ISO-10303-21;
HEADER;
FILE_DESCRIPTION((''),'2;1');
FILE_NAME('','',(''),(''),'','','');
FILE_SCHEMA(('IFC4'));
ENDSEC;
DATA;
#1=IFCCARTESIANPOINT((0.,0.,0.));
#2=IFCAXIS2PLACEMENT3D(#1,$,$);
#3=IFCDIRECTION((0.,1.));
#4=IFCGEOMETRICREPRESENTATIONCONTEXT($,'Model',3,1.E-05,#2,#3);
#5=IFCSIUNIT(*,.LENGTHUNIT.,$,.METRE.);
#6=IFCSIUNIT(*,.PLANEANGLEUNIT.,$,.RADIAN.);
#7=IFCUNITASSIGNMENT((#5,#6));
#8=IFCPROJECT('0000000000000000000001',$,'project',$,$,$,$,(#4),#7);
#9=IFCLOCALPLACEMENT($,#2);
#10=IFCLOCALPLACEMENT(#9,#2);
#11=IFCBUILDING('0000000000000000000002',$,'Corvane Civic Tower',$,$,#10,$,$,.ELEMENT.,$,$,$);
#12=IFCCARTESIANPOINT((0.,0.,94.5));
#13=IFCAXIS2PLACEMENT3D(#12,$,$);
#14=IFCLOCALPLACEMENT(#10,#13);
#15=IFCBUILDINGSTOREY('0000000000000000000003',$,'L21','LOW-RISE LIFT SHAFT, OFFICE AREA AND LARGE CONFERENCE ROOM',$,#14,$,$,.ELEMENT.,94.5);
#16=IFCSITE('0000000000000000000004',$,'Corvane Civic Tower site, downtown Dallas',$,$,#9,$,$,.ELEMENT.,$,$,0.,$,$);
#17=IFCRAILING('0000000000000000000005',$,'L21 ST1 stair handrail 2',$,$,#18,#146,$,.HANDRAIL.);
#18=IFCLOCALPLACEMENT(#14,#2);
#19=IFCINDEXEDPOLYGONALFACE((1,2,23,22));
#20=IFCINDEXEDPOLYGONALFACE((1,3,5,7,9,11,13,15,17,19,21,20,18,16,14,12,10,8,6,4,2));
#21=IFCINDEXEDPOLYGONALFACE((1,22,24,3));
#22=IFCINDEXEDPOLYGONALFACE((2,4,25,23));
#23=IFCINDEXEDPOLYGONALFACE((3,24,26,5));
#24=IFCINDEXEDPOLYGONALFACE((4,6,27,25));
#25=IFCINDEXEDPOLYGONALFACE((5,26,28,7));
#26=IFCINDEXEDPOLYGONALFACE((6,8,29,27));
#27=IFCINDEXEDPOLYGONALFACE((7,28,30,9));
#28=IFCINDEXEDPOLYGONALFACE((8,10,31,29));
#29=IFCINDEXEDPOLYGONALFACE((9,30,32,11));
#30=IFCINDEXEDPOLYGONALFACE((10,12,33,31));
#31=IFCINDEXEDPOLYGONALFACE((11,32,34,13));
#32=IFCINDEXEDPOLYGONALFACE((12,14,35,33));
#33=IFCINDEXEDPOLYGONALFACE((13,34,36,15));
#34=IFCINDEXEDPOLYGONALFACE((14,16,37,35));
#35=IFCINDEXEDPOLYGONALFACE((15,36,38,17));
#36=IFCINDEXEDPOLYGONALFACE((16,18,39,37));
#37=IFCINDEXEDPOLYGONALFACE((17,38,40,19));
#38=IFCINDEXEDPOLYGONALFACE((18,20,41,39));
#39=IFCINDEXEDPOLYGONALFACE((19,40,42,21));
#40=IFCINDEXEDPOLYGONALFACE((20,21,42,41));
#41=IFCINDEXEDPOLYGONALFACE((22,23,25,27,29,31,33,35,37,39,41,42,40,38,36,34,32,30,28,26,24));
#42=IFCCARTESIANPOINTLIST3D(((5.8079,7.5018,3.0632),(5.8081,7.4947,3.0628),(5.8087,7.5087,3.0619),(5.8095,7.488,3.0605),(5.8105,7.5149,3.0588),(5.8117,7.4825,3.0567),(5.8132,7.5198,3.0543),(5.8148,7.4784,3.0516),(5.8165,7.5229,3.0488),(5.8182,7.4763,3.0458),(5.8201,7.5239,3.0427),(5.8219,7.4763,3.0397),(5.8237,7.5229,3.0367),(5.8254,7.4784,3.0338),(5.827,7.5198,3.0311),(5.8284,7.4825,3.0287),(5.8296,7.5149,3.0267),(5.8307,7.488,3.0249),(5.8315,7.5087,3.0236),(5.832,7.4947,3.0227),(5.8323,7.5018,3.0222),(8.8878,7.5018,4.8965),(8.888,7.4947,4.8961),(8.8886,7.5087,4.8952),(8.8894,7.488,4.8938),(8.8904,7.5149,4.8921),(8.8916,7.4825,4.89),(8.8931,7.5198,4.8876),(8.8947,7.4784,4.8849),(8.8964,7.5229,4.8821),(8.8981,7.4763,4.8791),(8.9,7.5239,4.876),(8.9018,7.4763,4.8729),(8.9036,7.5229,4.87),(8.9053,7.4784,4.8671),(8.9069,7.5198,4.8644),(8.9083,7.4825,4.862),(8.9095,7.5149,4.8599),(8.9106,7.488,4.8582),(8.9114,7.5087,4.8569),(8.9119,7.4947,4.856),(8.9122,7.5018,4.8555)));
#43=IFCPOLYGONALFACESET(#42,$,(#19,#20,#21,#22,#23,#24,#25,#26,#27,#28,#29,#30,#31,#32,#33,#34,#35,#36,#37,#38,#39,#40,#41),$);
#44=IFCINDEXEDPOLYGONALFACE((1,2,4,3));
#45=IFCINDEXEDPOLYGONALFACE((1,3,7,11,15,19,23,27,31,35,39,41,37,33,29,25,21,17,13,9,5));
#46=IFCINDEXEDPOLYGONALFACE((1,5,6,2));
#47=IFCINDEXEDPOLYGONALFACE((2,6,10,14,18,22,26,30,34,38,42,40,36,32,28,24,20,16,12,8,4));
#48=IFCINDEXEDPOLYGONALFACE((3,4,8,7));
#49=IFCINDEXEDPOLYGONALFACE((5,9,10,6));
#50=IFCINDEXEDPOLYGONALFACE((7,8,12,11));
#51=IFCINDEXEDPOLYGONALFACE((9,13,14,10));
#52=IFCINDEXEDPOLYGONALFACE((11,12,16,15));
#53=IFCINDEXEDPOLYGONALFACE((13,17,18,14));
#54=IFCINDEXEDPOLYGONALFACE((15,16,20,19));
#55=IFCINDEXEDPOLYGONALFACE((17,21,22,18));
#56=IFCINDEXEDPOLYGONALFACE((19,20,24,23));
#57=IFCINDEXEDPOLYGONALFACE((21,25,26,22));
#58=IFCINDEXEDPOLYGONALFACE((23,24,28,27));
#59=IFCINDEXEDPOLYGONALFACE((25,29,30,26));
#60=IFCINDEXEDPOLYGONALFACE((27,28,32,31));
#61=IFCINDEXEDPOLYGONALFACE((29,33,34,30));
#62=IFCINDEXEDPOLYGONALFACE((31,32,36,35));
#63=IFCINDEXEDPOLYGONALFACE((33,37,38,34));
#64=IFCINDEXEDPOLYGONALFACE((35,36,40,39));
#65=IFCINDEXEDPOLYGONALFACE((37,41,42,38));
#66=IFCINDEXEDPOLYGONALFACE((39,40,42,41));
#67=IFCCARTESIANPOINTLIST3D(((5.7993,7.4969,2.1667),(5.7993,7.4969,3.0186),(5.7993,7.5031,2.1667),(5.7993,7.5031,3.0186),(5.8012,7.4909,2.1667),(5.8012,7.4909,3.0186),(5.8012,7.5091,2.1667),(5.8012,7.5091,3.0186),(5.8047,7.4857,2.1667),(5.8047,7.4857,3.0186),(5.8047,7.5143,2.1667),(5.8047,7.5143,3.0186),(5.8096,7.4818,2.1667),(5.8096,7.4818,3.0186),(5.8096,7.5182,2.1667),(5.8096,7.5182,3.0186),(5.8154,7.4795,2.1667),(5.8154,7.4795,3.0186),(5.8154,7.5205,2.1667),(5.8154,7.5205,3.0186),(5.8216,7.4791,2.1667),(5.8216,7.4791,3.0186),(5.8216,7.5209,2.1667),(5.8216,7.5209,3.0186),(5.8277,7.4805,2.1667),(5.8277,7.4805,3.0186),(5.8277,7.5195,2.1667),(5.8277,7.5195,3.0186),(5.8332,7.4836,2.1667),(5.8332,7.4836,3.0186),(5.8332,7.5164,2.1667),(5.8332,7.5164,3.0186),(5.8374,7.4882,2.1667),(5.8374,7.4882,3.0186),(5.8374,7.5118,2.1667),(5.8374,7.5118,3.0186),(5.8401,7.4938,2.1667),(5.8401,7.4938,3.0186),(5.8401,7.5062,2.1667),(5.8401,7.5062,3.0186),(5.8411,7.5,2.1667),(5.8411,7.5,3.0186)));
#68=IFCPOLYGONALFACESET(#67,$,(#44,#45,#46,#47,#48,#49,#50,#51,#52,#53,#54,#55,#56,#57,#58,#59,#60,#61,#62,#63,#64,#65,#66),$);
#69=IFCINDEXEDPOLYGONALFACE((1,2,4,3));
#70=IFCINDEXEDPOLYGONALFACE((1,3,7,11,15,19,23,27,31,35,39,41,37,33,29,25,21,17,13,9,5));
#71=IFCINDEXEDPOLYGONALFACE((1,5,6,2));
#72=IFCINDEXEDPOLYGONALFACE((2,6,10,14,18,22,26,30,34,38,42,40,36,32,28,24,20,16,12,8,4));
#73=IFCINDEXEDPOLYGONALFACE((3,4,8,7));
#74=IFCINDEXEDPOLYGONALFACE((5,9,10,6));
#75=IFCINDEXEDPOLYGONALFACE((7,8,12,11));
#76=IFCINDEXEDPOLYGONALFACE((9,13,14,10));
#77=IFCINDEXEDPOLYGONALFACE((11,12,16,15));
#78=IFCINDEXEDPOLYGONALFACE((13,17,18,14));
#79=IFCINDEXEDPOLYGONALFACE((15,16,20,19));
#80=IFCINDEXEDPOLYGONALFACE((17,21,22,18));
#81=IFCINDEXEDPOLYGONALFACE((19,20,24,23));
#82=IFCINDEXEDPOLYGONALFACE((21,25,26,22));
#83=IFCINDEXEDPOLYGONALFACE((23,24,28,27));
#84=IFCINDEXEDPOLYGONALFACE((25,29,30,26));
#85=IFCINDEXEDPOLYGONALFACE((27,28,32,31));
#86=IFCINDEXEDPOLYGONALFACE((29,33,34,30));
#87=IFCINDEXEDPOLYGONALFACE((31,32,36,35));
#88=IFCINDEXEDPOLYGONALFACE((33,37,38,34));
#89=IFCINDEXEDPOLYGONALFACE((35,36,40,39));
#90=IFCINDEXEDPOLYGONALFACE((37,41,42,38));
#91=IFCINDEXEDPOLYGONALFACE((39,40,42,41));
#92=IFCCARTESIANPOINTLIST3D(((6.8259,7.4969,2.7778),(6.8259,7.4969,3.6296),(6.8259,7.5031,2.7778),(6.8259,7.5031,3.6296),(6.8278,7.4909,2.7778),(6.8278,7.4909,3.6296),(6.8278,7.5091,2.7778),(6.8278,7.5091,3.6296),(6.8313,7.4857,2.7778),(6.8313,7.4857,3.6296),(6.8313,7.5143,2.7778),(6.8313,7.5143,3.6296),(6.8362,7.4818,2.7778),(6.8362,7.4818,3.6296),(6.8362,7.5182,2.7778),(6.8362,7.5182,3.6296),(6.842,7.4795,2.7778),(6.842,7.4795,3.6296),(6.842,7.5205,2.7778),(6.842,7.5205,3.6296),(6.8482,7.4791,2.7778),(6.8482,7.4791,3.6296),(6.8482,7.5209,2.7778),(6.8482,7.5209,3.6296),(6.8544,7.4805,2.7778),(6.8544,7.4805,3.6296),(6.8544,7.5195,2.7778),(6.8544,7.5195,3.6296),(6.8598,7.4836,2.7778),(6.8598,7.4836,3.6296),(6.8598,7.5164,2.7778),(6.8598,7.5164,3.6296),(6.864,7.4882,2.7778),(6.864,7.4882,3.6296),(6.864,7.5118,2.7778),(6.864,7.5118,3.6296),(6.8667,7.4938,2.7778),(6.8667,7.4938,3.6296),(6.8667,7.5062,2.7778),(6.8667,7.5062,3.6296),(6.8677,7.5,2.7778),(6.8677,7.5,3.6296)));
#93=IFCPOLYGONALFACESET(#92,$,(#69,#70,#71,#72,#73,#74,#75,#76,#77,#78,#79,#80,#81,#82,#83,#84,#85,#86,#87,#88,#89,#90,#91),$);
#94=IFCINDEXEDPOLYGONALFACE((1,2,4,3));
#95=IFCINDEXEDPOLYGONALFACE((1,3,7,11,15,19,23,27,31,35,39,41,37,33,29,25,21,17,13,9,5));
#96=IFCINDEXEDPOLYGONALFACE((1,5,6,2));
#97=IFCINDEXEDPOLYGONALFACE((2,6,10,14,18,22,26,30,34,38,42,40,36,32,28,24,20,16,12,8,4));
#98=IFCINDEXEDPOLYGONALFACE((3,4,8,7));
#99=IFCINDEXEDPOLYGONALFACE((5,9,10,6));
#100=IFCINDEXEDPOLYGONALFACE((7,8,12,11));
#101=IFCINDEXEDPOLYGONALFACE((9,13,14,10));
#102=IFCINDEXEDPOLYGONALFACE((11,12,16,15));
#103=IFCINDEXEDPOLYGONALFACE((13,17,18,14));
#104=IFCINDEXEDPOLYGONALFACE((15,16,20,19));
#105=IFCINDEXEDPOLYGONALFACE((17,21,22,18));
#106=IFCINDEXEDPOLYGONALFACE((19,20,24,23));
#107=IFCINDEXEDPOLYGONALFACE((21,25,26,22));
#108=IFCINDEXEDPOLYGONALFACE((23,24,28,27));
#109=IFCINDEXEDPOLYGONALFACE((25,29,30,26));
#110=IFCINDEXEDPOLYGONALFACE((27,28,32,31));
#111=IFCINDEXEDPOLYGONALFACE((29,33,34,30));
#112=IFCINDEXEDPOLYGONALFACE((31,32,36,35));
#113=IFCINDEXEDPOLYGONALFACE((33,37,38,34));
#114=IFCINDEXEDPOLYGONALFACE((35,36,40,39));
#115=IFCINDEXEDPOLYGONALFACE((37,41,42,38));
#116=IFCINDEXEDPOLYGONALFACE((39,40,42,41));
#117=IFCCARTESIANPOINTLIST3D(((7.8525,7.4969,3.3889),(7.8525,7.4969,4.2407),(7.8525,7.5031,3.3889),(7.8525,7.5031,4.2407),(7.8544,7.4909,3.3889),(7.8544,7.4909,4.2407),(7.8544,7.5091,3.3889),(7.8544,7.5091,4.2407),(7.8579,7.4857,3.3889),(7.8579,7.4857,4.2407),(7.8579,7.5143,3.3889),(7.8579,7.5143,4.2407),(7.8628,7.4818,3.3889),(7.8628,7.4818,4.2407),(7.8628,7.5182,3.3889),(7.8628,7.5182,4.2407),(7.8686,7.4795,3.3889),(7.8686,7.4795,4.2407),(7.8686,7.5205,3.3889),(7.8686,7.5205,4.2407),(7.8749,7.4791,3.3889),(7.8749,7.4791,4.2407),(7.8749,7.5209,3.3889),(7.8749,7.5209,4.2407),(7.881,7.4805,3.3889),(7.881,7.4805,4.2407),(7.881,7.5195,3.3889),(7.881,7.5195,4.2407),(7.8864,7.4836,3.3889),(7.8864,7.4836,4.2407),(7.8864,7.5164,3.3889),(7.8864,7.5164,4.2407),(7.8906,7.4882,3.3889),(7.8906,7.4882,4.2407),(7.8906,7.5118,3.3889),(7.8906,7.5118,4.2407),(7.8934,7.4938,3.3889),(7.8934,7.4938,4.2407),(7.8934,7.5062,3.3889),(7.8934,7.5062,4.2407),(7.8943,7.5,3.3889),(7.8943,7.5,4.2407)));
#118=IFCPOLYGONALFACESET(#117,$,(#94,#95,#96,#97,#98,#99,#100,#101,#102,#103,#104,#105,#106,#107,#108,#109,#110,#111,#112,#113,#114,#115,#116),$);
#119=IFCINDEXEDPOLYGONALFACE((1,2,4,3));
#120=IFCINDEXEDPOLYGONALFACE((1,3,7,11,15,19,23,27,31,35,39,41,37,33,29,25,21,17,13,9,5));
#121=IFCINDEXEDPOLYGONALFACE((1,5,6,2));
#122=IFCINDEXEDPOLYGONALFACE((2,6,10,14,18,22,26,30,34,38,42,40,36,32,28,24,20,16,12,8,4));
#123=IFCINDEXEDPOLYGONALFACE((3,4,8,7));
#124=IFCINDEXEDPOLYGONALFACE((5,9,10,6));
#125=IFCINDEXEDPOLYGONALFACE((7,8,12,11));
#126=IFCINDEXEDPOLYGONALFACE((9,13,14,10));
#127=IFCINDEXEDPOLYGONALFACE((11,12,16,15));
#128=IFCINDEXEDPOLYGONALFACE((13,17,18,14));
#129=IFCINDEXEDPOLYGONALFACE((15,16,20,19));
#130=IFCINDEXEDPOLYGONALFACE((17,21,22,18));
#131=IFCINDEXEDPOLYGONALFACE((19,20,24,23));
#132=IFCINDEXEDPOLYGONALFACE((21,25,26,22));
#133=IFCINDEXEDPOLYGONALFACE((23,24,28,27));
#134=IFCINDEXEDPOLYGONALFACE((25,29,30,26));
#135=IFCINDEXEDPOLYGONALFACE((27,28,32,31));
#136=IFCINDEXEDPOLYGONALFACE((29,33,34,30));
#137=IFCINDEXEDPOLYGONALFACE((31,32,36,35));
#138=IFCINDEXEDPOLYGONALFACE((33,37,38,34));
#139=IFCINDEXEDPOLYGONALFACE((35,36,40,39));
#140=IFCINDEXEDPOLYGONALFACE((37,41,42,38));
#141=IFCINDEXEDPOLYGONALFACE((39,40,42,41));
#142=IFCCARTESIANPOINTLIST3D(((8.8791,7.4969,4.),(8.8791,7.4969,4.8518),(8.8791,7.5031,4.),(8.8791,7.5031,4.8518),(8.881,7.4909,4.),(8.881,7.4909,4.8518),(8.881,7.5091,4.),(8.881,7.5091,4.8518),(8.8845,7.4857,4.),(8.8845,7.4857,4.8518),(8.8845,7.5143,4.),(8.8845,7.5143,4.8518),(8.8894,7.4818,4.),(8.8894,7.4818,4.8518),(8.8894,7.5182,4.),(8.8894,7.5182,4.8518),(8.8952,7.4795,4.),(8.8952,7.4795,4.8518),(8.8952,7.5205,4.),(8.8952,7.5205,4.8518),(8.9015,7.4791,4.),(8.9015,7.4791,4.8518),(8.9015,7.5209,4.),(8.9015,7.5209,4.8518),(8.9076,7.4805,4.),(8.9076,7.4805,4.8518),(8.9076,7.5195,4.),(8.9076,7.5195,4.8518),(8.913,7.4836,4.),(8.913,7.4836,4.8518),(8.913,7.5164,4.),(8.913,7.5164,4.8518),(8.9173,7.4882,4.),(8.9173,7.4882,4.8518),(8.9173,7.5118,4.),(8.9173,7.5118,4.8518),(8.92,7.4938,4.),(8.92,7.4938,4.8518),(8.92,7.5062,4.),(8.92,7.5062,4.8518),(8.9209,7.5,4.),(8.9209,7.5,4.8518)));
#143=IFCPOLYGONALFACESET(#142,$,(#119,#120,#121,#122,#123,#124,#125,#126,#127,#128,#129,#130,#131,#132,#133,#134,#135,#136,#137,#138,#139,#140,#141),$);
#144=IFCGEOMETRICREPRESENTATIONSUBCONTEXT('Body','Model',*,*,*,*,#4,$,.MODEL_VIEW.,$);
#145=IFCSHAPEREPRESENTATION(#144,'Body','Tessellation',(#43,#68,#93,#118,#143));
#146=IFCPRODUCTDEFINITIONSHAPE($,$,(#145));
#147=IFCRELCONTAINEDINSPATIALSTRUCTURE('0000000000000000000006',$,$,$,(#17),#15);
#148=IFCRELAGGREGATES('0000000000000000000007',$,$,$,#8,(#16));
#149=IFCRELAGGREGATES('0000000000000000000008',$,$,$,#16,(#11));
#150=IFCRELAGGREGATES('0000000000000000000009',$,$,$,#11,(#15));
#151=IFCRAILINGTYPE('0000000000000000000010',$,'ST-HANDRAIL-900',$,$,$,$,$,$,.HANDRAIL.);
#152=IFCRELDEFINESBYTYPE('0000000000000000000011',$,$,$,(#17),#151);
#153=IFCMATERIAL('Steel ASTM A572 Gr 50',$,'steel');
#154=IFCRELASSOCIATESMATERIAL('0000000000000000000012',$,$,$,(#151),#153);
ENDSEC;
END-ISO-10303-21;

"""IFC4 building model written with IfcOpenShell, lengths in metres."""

from ifc_helpers import new_model, si_unit, direction, frame, origin, origin_2d, place, context, subcontext, project, spatial, circle, extrude, material, type_object, element, save


model = new_model("IFC4")

# Units and contexts
model_context = context("Model", 3, precision=1e-05, world=origin(), true_north=direction((0.0, 1.0)))
body_context = subcontext(model_context, "Body", "Model", "MODEL_VIEW")
ifc_project = project(units=[si_unit("LENGTHUNIT", "METRE"), si_unit("PLANEANGLEUNIT", "RADIAN")], contexts=[model_context])

# Site, building, storey
site_placement = place(None, origin())
site = spatial("IfcSite", under=ifc_project, at=site_placement, Name="Corvane Civic Tower site, downtown Dallas", CompositionType="ELEMENT", RefElevation=0.0)
building_placement = place(site_placement, origin())
building = spatial("IfcBuilding", under=site, at=building_placement, Name="Corvane Civic Tower", CompositionType="ELEMENT")
storey_placement = place(building_placement, frame((0.0, 0.0, 94.5)))
storey = spatial("IfcBuildingStorey", under=building, at=storey_placement, Name="L21", Description="LOW-RISE LIFT SHAFT, OFFICE AREA AND LARGE CONFERENCE ROOM", CompositionType="ELEMENT", Elevation=94.5)

# Railing
ifc_material_1 = material(Name="Steel ASTM A572 Gr 50", Category="steel")
railing_type_1 = type_object("IfcRailingType", Name="ST-HANDRAIL-900", PredefinedType="HANDRAIL", material=ifc_material_1)
railing_1_placement = place(storey_placement, frame((5.8201, 7.5, 2.1667)))
element("IfcRailing", 1, at=railing_1_placement, inside=storey, type_object=railing_type_1, Name="L21 ST1 stair handrail 2", PredefinedType="HANDRAIL", context=body_context, shape_type="SweptSolid", body=[
    extrude(circle(Radius=0.0239, at=origin_2d()), frame((0.0, 0.0, 0.876), z_axis=(0.859291, 0.0, 0.511487), x_axis=(0.0, 1.0, 0.0)), (0.0, 0.0, 1.0), 3.5842),
    extrude(circle(Radius=0.021, at=origin_2d()), origin(), (0.0, 0.0, 1.0), 0.8518),
    extrude(circle(Radius=0.021, at=origin_2d()), frame((1.0266, 0.0, 0.6111)), (0.0, 0.0, 1.0), 0.8518),
    extrude(circle(Radius=0.021, at=origin_2d()), frame((2.0532, 0.0, 1.2222)), (0.0, 0.0, 1.0), 0.8518),
    extrude(circle(Radius=0.021, at=origin_2d()), frame((3.0798, 0.0, 1.8333)), (0.0, 0.0, 1.0), 0.8518),
])

save(model, "model.ifc")
